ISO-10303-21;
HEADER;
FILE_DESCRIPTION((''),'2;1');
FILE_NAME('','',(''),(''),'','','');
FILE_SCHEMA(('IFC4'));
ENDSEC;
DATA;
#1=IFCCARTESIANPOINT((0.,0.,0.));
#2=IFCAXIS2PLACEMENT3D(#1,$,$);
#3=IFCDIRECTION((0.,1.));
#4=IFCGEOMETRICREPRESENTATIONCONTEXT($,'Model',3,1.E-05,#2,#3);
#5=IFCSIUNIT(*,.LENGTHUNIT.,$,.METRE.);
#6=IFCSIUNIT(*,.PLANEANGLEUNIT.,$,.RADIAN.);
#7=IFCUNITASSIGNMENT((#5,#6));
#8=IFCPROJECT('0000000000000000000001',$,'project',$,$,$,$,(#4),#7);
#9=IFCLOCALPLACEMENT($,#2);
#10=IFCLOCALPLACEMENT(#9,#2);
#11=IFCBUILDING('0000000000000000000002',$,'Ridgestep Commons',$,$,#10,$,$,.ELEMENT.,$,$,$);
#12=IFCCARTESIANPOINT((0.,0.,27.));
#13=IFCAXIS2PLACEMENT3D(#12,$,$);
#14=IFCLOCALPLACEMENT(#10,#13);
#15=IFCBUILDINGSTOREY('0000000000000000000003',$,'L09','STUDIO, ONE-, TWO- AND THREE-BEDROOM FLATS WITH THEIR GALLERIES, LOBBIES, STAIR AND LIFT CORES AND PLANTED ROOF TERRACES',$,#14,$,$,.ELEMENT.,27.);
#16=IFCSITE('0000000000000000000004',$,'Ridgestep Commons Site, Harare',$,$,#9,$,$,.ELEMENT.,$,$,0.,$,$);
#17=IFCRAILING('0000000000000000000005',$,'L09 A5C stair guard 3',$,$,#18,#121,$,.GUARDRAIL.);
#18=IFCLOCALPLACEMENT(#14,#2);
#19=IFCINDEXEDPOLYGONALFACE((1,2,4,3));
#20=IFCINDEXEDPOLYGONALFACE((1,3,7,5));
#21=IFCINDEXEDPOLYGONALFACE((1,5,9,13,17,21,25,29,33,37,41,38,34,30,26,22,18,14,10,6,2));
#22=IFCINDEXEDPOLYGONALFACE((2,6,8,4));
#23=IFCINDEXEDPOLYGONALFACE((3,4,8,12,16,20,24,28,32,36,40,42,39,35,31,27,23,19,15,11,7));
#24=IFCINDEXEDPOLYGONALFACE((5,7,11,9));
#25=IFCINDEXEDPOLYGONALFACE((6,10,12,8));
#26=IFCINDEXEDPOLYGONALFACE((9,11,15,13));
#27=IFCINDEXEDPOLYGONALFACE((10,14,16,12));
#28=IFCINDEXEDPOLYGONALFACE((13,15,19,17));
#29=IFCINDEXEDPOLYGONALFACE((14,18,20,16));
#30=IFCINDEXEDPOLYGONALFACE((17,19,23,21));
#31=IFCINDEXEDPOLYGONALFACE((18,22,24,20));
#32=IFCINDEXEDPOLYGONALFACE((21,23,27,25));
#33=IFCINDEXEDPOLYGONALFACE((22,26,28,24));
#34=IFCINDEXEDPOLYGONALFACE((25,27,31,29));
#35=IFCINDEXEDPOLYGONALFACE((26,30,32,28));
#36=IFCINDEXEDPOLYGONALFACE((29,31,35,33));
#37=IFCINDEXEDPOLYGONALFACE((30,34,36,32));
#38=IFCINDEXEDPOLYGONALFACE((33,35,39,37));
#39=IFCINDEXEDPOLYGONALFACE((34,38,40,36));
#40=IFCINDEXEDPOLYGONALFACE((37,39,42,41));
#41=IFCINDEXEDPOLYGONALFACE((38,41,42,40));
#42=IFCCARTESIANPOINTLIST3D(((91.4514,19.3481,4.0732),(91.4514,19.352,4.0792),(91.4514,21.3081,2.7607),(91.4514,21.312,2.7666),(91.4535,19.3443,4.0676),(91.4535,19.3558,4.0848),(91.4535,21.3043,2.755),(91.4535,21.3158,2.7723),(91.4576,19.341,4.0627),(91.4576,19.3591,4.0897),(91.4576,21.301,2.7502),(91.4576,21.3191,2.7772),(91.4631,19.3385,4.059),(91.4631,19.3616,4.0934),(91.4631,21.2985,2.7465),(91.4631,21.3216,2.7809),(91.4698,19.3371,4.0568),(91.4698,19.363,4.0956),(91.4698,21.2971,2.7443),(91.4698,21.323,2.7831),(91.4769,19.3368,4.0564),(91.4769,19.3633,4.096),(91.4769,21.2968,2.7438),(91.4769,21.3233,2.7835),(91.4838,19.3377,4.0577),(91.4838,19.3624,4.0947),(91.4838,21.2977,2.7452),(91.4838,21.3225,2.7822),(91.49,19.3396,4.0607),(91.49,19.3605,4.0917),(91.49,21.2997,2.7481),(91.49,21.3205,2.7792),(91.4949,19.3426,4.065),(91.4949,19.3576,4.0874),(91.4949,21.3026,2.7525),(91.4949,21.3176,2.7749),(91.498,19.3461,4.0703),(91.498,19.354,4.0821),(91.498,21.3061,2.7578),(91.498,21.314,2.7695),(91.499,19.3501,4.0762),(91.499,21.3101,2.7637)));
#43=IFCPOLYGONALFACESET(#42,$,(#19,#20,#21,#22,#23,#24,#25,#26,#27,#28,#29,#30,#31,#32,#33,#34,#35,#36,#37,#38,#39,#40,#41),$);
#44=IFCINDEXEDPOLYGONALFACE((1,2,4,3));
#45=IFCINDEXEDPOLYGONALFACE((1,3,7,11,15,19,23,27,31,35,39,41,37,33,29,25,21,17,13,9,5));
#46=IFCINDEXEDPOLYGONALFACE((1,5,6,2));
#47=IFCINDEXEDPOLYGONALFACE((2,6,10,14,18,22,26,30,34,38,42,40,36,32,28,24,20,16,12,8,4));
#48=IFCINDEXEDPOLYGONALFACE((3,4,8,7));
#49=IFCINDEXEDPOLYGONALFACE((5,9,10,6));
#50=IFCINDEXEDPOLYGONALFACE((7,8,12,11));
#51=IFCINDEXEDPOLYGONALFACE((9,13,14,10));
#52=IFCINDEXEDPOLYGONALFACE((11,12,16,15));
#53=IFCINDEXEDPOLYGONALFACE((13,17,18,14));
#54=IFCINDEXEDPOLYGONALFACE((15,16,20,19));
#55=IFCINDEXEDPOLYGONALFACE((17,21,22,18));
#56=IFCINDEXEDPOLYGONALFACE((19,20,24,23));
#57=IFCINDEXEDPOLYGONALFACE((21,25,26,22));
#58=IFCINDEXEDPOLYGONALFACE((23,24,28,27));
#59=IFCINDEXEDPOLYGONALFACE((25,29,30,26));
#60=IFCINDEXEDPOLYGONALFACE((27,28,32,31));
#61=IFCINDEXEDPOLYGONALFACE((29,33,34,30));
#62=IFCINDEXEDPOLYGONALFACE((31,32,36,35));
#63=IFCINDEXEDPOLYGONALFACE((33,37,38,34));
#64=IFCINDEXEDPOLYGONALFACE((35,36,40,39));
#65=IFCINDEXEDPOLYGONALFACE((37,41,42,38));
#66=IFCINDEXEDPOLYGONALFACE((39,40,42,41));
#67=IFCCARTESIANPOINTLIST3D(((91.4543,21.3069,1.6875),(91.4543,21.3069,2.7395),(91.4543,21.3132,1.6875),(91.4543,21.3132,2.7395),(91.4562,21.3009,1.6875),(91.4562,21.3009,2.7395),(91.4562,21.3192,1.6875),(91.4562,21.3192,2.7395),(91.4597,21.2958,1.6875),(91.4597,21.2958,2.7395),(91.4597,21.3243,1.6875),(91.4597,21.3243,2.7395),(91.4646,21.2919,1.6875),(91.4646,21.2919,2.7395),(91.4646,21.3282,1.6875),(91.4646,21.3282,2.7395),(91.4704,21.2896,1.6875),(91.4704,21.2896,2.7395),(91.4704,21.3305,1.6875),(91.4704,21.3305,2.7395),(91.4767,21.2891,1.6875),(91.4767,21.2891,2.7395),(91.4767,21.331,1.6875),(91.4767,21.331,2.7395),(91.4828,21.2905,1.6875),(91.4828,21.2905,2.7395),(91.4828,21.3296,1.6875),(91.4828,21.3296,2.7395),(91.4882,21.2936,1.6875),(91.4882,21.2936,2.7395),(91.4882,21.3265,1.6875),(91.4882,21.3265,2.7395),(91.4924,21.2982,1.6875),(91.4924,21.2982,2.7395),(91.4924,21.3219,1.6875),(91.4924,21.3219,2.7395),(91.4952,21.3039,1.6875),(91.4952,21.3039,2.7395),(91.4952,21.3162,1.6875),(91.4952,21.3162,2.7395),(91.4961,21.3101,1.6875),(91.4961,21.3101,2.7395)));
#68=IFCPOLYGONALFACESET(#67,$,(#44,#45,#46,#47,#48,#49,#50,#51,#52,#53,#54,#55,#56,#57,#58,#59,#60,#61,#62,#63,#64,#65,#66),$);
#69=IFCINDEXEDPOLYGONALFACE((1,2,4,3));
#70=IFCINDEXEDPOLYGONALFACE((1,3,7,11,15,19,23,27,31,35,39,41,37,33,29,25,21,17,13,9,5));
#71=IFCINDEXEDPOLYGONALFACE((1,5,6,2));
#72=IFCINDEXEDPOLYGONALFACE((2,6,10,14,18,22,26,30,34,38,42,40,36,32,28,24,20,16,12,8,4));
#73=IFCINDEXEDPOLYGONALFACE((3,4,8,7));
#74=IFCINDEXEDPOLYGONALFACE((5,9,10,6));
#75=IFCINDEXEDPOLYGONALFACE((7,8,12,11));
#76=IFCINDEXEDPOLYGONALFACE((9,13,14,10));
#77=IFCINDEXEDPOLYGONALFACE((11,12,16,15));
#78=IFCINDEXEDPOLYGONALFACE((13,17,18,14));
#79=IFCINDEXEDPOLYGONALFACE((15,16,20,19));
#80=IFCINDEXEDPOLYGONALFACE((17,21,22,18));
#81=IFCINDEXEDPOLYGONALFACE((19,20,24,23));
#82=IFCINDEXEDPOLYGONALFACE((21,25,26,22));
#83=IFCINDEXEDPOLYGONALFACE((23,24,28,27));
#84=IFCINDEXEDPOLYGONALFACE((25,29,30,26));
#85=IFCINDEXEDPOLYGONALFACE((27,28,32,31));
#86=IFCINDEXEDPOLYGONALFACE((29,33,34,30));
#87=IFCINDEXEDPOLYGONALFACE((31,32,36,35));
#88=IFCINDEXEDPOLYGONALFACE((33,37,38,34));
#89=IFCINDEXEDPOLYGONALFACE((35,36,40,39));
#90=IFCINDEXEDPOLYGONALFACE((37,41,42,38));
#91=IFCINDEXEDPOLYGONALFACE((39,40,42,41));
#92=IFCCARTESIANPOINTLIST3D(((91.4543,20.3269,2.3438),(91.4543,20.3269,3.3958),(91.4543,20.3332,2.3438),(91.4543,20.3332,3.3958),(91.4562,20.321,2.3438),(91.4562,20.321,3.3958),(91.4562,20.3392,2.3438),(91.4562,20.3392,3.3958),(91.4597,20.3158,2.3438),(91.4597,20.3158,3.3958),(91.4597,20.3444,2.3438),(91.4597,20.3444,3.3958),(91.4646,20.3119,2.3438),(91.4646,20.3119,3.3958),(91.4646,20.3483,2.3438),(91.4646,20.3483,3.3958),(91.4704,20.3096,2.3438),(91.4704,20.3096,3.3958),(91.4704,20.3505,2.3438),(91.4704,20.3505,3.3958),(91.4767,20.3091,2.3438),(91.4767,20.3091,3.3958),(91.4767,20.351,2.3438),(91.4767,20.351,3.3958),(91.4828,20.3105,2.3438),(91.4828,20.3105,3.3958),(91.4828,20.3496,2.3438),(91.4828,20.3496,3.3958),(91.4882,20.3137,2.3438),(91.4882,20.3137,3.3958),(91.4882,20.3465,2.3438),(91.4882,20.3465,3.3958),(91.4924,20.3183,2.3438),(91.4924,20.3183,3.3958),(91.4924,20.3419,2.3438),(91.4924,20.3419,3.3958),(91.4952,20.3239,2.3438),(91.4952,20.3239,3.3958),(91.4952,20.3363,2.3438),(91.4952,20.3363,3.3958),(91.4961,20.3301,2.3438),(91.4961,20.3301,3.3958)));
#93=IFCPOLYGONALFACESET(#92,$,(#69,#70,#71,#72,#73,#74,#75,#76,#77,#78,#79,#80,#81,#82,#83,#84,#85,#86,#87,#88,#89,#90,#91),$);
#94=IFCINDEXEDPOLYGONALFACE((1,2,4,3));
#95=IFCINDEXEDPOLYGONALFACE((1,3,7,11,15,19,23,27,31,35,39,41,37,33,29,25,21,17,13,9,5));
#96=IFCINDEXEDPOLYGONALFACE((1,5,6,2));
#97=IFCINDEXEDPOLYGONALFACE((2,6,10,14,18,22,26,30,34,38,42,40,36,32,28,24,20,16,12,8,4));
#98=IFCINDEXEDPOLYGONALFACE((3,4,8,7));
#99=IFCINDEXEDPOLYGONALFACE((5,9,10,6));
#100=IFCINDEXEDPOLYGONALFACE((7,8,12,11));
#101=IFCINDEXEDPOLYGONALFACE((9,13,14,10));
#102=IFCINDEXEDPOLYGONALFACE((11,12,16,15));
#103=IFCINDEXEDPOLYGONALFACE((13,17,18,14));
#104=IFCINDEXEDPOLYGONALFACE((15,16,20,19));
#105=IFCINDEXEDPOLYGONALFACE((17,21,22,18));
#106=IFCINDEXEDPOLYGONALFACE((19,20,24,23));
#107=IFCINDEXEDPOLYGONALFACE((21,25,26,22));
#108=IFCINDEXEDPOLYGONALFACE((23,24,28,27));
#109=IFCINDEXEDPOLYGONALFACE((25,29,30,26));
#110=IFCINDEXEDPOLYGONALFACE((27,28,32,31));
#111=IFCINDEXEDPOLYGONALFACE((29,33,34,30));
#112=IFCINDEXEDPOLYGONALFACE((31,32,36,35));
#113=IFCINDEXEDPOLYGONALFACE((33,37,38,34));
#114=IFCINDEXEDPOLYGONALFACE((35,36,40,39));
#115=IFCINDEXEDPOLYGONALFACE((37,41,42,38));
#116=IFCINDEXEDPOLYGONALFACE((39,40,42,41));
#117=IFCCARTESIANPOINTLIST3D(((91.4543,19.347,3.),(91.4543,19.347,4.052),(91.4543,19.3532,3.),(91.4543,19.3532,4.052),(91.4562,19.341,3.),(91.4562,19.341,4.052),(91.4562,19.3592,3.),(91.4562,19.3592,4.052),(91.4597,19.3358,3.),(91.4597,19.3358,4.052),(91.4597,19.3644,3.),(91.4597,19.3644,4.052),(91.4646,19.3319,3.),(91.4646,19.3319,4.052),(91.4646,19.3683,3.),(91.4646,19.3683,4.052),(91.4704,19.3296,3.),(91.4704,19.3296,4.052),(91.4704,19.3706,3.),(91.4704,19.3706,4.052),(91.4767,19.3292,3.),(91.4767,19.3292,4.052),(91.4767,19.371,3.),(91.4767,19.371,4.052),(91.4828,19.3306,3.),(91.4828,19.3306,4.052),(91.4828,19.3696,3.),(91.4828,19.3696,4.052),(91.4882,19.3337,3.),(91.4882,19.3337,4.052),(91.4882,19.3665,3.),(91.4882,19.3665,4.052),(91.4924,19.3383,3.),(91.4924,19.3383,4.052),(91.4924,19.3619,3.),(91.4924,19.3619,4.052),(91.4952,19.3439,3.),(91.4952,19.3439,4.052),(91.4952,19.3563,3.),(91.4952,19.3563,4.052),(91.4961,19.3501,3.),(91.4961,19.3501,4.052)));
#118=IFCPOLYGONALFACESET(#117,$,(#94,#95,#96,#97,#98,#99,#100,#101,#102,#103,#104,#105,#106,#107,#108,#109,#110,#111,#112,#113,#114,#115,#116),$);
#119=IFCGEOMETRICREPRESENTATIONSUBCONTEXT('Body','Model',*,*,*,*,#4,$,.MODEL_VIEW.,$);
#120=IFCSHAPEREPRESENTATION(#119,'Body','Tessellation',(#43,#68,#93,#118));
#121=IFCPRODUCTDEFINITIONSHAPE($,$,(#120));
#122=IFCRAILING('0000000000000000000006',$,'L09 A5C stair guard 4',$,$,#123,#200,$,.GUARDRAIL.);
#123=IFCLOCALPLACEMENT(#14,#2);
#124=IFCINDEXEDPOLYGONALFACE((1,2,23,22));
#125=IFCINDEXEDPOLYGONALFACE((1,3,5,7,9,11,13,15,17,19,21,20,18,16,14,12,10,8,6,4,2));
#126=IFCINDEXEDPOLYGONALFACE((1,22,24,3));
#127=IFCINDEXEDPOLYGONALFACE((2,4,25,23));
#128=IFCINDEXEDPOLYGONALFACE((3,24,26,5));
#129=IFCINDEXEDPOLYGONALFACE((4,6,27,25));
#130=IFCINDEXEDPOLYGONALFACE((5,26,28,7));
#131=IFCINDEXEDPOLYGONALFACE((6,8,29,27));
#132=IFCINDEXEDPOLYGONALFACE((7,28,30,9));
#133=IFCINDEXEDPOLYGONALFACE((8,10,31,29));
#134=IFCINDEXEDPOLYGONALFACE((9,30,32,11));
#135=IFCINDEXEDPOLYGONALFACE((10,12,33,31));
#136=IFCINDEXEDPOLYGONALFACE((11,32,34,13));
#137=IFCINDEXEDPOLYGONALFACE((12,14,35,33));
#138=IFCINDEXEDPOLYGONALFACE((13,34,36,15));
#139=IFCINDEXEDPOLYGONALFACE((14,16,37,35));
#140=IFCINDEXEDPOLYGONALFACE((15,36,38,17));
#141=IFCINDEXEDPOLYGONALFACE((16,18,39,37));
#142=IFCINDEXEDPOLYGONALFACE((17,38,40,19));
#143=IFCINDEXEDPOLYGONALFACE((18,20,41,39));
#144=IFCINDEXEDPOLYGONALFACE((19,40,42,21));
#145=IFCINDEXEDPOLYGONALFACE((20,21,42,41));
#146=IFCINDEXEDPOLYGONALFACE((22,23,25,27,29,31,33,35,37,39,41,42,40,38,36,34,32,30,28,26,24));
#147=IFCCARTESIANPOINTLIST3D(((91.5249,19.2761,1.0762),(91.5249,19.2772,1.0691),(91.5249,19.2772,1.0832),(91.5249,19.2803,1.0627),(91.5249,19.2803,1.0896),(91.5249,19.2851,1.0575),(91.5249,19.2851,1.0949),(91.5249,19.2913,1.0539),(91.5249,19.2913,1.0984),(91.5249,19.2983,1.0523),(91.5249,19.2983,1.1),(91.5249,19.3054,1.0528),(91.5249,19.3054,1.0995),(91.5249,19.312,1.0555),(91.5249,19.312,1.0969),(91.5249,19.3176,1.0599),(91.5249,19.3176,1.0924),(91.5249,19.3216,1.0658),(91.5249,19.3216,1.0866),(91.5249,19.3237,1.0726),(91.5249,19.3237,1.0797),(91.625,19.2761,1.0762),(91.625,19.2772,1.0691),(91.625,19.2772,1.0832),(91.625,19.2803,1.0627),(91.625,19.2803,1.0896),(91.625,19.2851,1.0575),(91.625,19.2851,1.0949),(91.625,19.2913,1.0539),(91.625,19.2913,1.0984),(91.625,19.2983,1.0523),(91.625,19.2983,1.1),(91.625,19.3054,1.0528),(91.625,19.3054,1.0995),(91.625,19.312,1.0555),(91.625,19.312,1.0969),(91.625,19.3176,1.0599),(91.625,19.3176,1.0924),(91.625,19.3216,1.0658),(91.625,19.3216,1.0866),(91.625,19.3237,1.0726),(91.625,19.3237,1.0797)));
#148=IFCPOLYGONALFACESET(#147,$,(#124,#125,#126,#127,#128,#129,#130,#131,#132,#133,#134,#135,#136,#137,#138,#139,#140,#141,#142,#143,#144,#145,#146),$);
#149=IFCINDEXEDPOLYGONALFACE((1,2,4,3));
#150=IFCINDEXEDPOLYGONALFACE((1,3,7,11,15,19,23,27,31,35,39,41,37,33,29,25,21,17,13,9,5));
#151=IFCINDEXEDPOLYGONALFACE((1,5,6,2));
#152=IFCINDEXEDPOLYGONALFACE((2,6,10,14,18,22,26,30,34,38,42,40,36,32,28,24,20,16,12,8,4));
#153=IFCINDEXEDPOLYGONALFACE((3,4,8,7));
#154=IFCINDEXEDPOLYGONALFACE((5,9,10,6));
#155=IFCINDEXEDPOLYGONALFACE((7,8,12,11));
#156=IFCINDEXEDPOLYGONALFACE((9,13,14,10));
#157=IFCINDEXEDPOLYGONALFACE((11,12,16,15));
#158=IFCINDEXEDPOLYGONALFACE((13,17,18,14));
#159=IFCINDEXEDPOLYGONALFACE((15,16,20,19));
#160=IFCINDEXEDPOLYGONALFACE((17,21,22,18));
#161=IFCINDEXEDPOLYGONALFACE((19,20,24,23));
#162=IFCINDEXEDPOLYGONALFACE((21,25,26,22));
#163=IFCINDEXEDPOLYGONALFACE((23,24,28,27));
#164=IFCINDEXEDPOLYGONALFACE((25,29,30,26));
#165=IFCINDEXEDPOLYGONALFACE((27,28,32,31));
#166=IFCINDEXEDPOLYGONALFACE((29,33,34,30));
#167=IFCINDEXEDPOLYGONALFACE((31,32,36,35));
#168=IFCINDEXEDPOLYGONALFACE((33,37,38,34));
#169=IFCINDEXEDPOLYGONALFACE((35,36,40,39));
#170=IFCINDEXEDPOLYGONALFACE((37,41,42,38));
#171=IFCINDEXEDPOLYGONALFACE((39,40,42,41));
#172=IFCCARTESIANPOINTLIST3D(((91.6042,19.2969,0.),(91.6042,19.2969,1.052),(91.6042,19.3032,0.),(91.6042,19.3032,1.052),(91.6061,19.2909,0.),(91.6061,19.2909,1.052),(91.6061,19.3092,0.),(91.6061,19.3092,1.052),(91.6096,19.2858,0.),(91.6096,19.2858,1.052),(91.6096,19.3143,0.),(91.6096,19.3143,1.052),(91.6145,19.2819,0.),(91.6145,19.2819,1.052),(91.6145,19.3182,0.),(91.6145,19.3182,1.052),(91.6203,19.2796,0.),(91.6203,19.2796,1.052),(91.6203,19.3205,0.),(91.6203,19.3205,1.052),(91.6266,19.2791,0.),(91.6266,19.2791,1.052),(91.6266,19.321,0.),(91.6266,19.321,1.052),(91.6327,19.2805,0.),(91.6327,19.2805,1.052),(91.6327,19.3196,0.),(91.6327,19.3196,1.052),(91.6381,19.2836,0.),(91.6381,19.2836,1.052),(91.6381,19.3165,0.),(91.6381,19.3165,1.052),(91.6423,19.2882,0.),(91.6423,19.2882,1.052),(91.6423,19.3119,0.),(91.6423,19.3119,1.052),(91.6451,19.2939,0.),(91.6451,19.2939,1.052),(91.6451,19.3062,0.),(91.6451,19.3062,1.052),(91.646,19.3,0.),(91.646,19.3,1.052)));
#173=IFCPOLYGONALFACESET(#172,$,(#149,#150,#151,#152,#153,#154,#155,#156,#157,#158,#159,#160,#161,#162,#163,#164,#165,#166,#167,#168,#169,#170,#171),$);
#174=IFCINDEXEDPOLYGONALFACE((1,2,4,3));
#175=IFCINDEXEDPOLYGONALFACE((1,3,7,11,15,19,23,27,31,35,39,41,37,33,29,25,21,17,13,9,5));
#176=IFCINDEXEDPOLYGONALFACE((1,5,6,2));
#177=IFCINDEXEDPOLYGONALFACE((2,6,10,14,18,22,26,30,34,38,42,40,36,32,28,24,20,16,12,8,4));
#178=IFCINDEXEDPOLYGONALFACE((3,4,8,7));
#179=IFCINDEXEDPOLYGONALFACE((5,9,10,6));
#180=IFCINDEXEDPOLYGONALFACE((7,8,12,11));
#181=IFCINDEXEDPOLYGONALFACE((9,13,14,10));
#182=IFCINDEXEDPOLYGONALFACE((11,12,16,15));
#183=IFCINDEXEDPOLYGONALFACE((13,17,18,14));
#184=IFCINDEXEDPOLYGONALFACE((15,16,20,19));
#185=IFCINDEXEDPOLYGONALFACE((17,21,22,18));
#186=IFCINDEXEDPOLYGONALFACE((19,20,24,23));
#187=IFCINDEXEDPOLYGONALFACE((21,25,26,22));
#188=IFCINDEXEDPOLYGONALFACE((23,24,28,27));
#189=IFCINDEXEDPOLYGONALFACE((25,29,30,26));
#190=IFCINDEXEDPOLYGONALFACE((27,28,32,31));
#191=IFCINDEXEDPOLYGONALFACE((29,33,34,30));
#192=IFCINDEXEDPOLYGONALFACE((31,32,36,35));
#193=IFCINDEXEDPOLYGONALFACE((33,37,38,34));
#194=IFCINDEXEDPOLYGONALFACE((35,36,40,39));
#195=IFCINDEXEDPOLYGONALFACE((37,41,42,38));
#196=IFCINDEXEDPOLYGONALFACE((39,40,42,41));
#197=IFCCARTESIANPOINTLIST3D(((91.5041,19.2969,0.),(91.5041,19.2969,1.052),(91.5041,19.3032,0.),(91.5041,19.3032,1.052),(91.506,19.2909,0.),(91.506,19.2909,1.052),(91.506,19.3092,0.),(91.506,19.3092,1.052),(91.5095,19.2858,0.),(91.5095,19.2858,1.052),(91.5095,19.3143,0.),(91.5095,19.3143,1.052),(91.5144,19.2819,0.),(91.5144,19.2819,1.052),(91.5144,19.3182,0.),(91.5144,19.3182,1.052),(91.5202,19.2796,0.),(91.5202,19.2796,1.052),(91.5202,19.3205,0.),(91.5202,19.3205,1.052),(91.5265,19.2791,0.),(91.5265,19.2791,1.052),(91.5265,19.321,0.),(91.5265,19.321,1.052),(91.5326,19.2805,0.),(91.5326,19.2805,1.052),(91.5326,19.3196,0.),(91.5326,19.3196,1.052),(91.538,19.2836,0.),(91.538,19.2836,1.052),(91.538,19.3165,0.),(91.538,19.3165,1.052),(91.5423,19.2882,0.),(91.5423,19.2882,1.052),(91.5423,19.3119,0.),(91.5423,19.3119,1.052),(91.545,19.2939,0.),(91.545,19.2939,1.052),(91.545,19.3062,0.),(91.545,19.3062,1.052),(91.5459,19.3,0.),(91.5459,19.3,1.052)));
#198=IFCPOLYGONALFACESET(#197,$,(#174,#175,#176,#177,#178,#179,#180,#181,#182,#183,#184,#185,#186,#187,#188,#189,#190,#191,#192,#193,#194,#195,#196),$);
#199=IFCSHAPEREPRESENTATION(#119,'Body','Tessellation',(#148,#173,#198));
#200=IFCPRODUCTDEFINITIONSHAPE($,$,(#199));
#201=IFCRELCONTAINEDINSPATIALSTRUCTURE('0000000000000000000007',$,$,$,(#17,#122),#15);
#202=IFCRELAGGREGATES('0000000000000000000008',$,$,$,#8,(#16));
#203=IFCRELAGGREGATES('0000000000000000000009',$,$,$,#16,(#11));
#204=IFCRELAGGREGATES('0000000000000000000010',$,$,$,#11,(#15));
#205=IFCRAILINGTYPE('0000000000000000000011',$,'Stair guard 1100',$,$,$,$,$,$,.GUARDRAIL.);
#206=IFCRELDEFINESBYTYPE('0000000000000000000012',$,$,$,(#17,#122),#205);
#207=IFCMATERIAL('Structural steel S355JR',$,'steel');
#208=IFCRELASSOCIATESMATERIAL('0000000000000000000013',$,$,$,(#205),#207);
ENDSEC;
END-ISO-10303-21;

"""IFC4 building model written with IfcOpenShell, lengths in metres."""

from ifc_helpers import new_model, si_unit, direction, frame, origin, origin_2d, place, context, subcontext, project, spatial, circle, extrude, material, type_object, element, save


model = new_model("IFC4")

# Units and contexts
model_context = context("Model", 3, precision=1e-05, world=origin(), true_north=direction((0.0, 1.0)))
body_context = subcontext(model_context, "Body", "Model", "MODEL_VIEW")
ifc_project = project(units=[si_unit("LENGTHUNIT", "METRE"), si_unit("PLANEANGLEUNIT", "RADIAN")], contexts=[model_context])

# Site, building, storey
site_placement = place(None, origin())
site = spatial("IfcSite", under=ifc_project, at=site_placement, Name="Ridgestep Commons Site, Harare", CompositionType="ELEMENT", RefElevation=0.0)
building_placement = place(site_placement, origin())
building = spatial("IfcBuilding", under=site, at=building_placement, Name="Ridgestep Commons", CompositionType="ELEMENT")
storey_placement = place(building_placement, frame((0.0, 0.0, 27.0)))
storey = spatial("IfcBuildingStorey", under=building, at=storey_placement, Name="L09", Description="STUDIO, ONE-, TWO- AND THREE-BEDROOM FLATS WITH THEIR GALLERIES, LOBBIES, STAIR AND LIFT CORES AND PLANTED ROOF TERRACES", CompositionType="ELEMENT", Elevation=27.0)

# Railings
ifc_material_1 = material(Name="Structural steel S355JR", Category="steel")
railing_type_1 = type_object("IfcRailingType", Name="Stair guard 1100", PredefinedType="GUARDRAIL", material=ifc_material_1)
railing_1_placement = place(storey_placement, frame((91.4751, 21.3101, 1.6875)))
element("IfcRailing", 1, at=railing_1_placement, inside=storey, type_object=railing_type_1, Name="L09 A5C stair guard 3", PredefinedType="GUARDRAIL", context=body_context, shape_type="SweptSolid", body=[
    extrude(circle(Radius=0.0239, at=origin_2d()), frame((0.0, 0.0, 1.0762), z_axis=(0.0, -0.830902, 0.556419), x_axis=(1.0, 0.0, 0.0)), (0.0, 0.0, 1.0), 2.3589),
    extrude(circle(Radius=0.021, at=origin_2d()), origin(), (0.0, 0.0, 1.0), 1.052),
    extrude(circle(Radius=0.021, at=origin_2d()), frame((0.0, -0.98, 0.6562)), (0.0, 0.0, 1.0), 1.052),
    extrude(circle(Radius=0.021, at=origin_2d()), frame((0.0, -1.96, 1.3125)), (0.0, 0.0, 1.0), 1.052),
])
for number, where, name in (
    (2, (91.625, 19.3, 0.0), "L09 A5C stair guard 4"),
):
    element("IfcRailing", number, at=place(storey_placement, frame(where)), inside=storey, type_object=railing_type_1, Name=name, PredefinedType="GUARDRAIL", context=body_context, shape_type="SweptSolid", body=[
        extrude(circle(Radius=0.0239, at=origin_2d()), frame((0.0, 0.0, 1.0762), z_axis=(-1.0, 0.0, 0.0), x_axis=(0.0, -1.0, 0.0)), (0.0, 0.0, 1.0), 0.1001),
        extrude(circle(Radius=0.021, at=origin_2d()), origin(), (0.0, 0.0, 1.0), 1.052),
        extrude(circle(Radius=0.021, at=origin_2d()), frame((-0.1001, 0.0, 0.0)), (0.0, 0.0, 1.0), 1.052),
    ])

save(model, "model.ifc")
